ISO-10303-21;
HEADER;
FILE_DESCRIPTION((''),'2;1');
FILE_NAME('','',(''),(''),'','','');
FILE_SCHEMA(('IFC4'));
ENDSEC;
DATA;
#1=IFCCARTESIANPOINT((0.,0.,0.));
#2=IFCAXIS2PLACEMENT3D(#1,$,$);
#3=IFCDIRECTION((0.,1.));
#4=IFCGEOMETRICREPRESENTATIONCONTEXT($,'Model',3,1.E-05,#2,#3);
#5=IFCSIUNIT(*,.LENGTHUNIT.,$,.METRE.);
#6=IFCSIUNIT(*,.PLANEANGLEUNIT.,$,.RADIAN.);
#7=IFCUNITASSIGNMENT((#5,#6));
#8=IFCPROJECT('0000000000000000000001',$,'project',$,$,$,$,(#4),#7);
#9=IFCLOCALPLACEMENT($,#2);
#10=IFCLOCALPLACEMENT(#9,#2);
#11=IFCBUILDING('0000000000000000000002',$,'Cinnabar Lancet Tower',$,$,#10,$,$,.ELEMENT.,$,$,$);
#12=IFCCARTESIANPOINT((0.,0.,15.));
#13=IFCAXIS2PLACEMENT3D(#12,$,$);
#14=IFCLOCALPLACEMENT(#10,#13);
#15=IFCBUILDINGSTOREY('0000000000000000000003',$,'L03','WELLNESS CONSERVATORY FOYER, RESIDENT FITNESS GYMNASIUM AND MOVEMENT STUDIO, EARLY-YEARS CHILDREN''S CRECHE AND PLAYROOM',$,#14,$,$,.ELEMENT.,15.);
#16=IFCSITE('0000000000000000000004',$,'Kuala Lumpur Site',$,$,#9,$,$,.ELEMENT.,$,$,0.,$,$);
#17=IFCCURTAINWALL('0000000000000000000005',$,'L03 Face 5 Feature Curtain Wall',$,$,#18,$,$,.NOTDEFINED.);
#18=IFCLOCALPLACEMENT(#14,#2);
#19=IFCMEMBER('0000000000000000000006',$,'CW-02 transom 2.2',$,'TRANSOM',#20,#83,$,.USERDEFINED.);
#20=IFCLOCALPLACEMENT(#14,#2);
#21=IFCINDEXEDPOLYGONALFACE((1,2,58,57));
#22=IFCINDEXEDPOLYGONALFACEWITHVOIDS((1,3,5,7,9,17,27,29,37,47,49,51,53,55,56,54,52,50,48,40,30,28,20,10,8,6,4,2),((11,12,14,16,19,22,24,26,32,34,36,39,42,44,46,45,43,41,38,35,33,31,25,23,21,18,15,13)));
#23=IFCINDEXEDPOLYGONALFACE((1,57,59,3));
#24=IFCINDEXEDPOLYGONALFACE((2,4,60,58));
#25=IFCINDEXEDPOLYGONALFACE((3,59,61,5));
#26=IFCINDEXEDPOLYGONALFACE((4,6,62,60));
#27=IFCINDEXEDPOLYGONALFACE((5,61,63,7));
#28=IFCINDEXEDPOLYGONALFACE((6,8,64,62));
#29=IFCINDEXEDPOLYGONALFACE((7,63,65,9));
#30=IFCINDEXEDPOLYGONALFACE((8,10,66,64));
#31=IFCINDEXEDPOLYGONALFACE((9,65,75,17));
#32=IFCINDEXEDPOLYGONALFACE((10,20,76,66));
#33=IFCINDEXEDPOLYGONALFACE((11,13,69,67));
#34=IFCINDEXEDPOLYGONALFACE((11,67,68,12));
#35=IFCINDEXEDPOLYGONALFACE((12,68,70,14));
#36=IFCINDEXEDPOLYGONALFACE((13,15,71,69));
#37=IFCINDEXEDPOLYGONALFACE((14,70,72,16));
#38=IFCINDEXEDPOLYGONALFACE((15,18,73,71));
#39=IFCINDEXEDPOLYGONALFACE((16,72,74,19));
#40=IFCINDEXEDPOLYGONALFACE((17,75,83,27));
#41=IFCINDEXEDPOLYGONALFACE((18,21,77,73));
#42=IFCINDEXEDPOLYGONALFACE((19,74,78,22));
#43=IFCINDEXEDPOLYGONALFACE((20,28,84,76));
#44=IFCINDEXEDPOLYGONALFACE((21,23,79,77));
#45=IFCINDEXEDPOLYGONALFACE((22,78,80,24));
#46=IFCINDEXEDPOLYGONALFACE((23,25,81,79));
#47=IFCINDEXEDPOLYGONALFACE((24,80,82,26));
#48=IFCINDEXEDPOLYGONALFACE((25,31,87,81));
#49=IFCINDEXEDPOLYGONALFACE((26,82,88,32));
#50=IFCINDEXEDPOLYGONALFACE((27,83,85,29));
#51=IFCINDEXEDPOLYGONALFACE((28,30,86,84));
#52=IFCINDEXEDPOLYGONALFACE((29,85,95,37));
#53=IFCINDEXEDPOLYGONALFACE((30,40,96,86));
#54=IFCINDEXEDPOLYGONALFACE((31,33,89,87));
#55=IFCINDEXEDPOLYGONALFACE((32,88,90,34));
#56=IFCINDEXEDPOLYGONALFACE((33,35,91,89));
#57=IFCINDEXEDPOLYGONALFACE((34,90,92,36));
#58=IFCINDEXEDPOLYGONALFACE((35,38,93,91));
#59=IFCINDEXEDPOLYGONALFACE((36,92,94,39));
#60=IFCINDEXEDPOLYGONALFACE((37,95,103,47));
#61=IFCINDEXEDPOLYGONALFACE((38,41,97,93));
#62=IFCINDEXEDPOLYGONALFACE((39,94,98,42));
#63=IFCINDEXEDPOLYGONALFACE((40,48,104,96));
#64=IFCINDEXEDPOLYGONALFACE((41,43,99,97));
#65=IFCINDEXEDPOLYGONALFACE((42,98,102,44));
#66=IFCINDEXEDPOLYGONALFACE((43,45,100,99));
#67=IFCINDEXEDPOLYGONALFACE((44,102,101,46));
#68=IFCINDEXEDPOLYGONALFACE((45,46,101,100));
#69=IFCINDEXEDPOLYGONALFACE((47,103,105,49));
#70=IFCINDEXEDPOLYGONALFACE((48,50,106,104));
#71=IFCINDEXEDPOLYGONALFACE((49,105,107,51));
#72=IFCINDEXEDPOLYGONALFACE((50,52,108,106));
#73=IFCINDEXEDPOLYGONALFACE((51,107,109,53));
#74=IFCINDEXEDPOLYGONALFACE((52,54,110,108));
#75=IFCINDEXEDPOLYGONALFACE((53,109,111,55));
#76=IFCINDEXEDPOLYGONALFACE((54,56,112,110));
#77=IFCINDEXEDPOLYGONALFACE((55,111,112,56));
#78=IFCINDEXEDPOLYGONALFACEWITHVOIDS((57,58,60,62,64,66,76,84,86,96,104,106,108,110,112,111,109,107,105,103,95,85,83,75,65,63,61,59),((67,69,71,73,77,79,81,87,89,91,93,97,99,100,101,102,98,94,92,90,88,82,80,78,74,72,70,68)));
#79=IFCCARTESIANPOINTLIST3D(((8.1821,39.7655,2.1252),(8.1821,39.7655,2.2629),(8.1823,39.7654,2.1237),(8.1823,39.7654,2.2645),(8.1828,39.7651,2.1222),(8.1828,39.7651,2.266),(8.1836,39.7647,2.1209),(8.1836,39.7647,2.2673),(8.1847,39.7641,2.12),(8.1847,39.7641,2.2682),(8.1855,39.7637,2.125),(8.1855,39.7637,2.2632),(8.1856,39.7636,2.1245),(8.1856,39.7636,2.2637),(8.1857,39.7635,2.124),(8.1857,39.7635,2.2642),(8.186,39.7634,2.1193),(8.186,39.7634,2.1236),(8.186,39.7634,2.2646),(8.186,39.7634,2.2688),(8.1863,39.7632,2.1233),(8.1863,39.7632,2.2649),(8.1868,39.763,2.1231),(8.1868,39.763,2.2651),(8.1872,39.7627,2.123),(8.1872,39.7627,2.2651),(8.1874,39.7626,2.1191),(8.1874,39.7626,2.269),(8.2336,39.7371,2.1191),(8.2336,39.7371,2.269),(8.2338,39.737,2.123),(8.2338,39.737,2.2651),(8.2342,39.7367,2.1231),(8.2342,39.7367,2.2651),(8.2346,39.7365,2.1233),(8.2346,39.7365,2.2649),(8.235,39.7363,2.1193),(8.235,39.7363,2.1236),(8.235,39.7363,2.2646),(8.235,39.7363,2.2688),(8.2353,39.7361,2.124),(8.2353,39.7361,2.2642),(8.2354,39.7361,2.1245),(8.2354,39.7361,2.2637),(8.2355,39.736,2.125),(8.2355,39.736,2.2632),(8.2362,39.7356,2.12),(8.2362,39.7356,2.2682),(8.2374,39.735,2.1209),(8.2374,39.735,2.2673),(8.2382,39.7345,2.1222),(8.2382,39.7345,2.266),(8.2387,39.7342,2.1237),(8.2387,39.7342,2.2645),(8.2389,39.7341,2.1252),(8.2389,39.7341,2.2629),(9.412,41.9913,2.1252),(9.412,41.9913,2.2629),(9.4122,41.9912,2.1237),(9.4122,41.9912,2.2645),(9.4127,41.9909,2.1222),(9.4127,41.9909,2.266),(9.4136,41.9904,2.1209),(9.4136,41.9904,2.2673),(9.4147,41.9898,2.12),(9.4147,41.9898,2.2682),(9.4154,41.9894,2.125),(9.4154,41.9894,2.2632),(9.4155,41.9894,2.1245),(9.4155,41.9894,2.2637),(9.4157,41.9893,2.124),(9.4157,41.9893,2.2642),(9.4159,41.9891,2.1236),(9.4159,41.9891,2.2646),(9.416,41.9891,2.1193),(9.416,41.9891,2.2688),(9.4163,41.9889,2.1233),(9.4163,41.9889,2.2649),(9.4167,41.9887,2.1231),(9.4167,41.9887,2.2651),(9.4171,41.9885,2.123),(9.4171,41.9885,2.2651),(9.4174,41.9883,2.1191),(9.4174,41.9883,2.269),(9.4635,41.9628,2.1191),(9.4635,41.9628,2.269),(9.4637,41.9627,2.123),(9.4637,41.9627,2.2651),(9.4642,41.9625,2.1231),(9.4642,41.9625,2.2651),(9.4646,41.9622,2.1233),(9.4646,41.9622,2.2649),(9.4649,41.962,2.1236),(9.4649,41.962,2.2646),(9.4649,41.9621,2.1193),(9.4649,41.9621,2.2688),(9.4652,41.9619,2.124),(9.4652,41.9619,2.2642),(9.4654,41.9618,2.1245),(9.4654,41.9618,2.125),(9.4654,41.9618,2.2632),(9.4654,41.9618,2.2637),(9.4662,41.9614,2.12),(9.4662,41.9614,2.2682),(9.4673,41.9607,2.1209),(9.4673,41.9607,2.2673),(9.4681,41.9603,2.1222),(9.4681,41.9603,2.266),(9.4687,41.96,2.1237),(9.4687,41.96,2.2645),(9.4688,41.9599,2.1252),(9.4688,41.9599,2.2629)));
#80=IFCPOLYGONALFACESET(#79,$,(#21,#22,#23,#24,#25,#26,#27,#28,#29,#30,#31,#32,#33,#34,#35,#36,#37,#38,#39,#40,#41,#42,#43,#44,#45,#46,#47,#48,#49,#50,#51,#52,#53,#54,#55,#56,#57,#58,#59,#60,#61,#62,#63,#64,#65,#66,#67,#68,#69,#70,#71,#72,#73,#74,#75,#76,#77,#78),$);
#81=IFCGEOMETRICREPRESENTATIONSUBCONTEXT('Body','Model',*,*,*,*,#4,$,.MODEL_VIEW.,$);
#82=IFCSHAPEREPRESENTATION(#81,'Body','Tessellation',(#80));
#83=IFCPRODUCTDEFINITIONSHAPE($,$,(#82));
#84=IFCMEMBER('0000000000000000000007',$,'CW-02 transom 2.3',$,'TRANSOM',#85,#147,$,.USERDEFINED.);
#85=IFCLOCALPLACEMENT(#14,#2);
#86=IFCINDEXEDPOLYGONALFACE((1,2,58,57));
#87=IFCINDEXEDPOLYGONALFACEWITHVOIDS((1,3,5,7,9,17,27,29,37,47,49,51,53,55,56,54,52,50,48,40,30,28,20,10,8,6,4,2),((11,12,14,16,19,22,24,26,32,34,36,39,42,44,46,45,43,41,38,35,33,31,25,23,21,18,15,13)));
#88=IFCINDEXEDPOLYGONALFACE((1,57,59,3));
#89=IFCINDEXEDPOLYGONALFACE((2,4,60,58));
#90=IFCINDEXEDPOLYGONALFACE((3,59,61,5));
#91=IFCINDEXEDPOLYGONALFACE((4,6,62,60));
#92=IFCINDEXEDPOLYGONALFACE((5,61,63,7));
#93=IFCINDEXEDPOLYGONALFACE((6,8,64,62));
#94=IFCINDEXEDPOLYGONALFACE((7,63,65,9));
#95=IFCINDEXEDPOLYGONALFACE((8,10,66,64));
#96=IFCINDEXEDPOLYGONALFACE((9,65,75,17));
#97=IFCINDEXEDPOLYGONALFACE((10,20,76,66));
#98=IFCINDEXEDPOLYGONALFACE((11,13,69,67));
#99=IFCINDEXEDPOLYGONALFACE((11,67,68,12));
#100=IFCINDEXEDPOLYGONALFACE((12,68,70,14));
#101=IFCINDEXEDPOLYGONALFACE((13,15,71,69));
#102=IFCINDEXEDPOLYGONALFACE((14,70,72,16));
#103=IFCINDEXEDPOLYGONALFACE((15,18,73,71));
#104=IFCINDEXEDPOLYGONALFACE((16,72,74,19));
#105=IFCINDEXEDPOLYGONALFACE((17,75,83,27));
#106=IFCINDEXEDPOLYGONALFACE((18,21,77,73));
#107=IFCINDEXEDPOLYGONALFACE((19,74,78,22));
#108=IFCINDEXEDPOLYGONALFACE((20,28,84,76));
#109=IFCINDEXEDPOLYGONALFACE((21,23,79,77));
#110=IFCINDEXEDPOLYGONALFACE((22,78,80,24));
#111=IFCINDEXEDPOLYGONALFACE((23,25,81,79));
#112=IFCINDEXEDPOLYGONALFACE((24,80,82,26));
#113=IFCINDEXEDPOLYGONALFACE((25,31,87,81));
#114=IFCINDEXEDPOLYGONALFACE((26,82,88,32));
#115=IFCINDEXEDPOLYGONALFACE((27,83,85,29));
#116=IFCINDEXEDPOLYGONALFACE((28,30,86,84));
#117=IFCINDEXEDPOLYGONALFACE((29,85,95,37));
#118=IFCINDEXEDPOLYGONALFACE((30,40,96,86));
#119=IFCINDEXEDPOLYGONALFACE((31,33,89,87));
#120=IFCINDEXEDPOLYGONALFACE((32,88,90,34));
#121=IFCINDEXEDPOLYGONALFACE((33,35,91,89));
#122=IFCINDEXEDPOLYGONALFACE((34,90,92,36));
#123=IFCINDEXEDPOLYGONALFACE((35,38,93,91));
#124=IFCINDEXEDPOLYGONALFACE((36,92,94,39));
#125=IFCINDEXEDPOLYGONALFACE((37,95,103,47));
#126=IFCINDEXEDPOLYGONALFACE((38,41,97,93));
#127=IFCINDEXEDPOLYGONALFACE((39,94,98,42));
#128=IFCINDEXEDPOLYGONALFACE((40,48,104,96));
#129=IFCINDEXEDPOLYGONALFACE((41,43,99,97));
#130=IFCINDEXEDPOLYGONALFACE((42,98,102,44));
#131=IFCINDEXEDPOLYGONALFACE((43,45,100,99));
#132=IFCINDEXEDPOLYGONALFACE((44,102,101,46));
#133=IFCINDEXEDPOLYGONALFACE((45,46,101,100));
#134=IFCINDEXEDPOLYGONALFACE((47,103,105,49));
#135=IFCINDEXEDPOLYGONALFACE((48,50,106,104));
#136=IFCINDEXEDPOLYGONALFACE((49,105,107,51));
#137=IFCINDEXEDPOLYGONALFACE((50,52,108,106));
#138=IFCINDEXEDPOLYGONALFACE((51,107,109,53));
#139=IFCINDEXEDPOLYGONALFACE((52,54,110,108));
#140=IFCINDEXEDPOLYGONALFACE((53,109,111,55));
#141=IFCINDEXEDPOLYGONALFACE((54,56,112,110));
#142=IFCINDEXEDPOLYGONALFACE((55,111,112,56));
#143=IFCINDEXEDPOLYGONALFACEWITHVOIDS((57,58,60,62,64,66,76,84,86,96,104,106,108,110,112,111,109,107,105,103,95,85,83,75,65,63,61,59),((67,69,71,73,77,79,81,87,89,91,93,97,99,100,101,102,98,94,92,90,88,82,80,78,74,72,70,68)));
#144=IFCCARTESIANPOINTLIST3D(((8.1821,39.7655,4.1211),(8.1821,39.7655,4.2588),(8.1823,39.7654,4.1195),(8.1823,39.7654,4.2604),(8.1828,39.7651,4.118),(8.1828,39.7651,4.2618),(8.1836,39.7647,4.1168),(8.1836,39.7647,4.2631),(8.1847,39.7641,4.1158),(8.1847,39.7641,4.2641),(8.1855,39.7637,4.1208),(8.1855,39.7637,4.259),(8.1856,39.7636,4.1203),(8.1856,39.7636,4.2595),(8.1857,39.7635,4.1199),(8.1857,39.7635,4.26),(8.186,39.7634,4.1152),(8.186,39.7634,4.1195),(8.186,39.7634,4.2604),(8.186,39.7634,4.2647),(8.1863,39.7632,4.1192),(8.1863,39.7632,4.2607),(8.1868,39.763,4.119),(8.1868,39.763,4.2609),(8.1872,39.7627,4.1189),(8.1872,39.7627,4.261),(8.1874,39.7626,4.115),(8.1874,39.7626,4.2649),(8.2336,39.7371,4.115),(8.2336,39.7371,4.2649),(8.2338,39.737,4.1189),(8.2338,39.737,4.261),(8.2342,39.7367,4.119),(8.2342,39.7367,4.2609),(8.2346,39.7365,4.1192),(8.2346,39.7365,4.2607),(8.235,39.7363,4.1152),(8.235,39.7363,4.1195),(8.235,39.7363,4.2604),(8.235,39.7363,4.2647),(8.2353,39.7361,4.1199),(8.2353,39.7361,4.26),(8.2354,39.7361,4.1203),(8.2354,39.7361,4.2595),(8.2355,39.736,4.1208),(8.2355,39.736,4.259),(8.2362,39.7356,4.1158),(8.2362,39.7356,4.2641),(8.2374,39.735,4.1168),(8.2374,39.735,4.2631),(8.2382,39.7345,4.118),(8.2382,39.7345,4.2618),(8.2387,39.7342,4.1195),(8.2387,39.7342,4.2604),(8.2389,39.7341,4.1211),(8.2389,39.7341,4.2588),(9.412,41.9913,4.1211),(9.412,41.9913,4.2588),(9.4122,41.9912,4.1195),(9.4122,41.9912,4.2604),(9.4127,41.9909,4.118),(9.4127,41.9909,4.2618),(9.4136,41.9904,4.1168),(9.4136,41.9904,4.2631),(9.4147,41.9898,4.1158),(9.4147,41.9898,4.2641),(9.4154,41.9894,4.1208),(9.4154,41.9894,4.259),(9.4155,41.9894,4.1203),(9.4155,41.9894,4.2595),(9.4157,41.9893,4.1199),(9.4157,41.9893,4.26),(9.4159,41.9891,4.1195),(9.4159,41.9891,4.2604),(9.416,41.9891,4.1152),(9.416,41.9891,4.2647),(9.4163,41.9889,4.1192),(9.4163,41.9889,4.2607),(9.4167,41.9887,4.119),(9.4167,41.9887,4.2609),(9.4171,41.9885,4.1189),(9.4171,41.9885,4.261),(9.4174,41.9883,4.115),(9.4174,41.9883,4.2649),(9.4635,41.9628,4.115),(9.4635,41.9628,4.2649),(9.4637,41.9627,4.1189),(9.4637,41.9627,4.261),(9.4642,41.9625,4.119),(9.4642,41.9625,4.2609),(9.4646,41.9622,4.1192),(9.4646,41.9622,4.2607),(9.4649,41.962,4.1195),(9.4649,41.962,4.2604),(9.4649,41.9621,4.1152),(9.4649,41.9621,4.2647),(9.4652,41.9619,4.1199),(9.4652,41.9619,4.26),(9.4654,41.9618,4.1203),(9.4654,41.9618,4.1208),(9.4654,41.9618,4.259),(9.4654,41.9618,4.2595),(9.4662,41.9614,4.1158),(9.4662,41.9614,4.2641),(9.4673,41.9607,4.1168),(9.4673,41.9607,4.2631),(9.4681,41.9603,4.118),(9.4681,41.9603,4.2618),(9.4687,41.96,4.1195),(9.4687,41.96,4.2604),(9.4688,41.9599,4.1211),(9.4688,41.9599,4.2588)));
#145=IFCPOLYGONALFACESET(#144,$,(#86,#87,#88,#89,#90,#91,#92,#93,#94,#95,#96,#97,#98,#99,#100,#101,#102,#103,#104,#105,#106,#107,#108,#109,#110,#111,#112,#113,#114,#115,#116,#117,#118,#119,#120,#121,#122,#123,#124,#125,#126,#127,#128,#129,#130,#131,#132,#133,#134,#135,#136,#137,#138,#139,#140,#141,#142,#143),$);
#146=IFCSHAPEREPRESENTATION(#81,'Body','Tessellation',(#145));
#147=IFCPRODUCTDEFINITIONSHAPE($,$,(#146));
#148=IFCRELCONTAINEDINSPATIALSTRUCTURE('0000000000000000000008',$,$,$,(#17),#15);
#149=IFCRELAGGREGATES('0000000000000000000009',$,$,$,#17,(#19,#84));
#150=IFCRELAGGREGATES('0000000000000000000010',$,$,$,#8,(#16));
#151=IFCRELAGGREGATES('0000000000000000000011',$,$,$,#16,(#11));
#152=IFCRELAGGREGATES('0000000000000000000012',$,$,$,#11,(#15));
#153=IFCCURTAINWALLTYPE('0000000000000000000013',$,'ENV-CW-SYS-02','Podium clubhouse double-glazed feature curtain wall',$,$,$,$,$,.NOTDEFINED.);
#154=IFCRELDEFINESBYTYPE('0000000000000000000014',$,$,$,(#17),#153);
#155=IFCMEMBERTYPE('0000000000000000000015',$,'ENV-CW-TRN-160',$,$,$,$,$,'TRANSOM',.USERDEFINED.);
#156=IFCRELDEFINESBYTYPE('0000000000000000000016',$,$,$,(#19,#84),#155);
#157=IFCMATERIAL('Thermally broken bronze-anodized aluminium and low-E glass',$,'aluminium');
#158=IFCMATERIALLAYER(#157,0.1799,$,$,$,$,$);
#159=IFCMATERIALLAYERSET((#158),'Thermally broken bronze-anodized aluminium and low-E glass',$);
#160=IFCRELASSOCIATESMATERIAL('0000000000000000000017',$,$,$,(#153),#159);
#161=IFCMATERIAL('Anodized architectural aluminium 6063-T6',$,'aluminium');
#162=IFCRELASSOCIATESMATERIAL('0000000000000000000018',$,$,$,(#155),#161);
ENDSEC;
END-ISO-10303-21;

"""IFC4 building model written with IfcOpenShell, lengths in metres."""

from ifc_helpers import new_model, si_unit, direction, frame, origin, origin_2d, place, context, subcontext, project, spatial, hollow_rectangle, extrude, material, layer, layer_set, material_profile, profile_set, type_object, element, aggregate, save


model = new_model("IFC4")

# Units and contexts
model_context = context("Model", 3, precision=1e-05, world=origin(), true_north=direction((0.0, 1.0)))
body_context = subcontext(model_context, "Body", "Model", "MODEL_VIEW")
ifc_project = project(units=[si_unit("LENGTHUNIT", "METRE"), si_unit("PLANEANGLEUNIT", "RADIAN")], contexts=[model_context])

# Site, building, storey
site_placement = place(None, origin())
site = spatial("IfcSite", under=ifc_project, at=site_placement, Name="Kuala Lumpur Site", CompositionType="ELEMENT", RefElevation=0.0)
building_placement = place(site_placement, origin())
building = spatial("IfcBuilding", under=site, at=building_placement, Name="Cinnabar Lancet Tower", CompositionType="ELEMENT")
storey_placement = place(building_placement, frame((0.0, 0.0, 15.0)))
storey = spatial("IfcBuildingStorey", under=building, at=storey_placement, Name="L03", Description="WELLNESS CONSERVATORY FOYER, RESIDENT FITNESS GYMNASIUM AND MOVEMENT STUDIO, EARLY-YEARS CHILDREN'S CRECHE AND PLAYROOM", CompositionType="ELEMENT", Elevation=15.0)

# Curtain wall, members
ifc_material_1 = material(Name="Thermally broken bronze-anodized aluminium and low-E glass", Category="aluminium")
ifc_layer_1 = layer(ifc_material_1, 0.1799)
ifc_layer_set_1 = layer_set([ifc_layer_1], Name="Thermally broken bronze-anodized aluminium and low-E glass")
curtain_wall_type = type_object("IfcCurtainWallType", Name="ENV-CW-SYS-02", Description="Podium clubhouse double-glazed feature curtain wall", PredefinedType="NOTDEFINED", material=ifc_layer_set_1)
curtain_wall_placement = place(storey_placement, origin())
curtain_wall = element("IfcCurtainWall", 1, at=curtain_wall_placement, inside=storey, type_object=curtain_wall_type, Name="L03 Face 5 Feature Curtain Wall", PredefinedType="NOTDEFINED")
ifc_material_2 = material(Name="Anodized architectural aluminium 6063-T6", Category="aluminium")
ifc_material_profile_1 = material_profile(ifc_material_2, hollow_rectangle(XDim=0.0649, YDim=0.1499, WallThickness=0.0039, InnerFilletRadius=0.002, OuterFilletRadius=0.0061, at=origin_2d()), Name="CW-TRN 150x65x4")
ifc_profile_set_1 = profile_set([ifc_material_profile_1], Name="Anodized architectural aluminium 6063-T6")
member_type_1 = type_object("IfcMemberType", Name="ENV-CW-TRN-160", ElementType="TRANSOM", PredefinedType="USERDEFINED", material=ifc_profile_set_1)
member_1_placement = place(storey_placement, frame((9.4404, 41.9756, 2.1941), z_axis=(-0.483661, -0.875255, 0.0), x_axis=(0.875255, -0.483661, 0.0)))
member_1 = element("IfcMember", 2, at=member_1_placement, type_object=member_type_1, Name="CW-02 transom 2.2", ObjectType="TRANSOM", PredefinedType="USERDEFINED", context=body_context, shape_type="SweptSolid", body=[
    extrude(hollow_rectangle(XDim=0.0649, YDim=0.1499, WallThickness=0.0039, InnerFilletRadius=0.002, OuterFilletRadius=0.0061, at=origin_2d()), origin(), (0.0, 0.0, 1.0), 2.543),
])
member_2_placement = place(storey_placement, frame((9.4404, 41.9756, 4.1899), z_axis=(-0.483661, -0.875255, 0.0), x_axis=(0.875255, -0.483661, 0.0)))
member_2 = element("IfcMember", 3, at=member_2_placement, type_object=member_type_1, Name="CW-02 transom 2.3", ObjectType="TRANSOM", PredefinedType="USERDEFINED", context=body_context, shape_type="SweptSolid", body=[
    extrude(hollow_rectangle(XDim=0.0649, YDim=0.1499, WallThickness=0.0039, InnerFilletRadius=0.002, OuterFilletRadius=0.0061, at=origin_2d()), origin(), (0.0, 0.0, 1.0), 2.543),
])

aggregate(curtain_wall, [member_1, member_2])

save(model, "model.ifc")
